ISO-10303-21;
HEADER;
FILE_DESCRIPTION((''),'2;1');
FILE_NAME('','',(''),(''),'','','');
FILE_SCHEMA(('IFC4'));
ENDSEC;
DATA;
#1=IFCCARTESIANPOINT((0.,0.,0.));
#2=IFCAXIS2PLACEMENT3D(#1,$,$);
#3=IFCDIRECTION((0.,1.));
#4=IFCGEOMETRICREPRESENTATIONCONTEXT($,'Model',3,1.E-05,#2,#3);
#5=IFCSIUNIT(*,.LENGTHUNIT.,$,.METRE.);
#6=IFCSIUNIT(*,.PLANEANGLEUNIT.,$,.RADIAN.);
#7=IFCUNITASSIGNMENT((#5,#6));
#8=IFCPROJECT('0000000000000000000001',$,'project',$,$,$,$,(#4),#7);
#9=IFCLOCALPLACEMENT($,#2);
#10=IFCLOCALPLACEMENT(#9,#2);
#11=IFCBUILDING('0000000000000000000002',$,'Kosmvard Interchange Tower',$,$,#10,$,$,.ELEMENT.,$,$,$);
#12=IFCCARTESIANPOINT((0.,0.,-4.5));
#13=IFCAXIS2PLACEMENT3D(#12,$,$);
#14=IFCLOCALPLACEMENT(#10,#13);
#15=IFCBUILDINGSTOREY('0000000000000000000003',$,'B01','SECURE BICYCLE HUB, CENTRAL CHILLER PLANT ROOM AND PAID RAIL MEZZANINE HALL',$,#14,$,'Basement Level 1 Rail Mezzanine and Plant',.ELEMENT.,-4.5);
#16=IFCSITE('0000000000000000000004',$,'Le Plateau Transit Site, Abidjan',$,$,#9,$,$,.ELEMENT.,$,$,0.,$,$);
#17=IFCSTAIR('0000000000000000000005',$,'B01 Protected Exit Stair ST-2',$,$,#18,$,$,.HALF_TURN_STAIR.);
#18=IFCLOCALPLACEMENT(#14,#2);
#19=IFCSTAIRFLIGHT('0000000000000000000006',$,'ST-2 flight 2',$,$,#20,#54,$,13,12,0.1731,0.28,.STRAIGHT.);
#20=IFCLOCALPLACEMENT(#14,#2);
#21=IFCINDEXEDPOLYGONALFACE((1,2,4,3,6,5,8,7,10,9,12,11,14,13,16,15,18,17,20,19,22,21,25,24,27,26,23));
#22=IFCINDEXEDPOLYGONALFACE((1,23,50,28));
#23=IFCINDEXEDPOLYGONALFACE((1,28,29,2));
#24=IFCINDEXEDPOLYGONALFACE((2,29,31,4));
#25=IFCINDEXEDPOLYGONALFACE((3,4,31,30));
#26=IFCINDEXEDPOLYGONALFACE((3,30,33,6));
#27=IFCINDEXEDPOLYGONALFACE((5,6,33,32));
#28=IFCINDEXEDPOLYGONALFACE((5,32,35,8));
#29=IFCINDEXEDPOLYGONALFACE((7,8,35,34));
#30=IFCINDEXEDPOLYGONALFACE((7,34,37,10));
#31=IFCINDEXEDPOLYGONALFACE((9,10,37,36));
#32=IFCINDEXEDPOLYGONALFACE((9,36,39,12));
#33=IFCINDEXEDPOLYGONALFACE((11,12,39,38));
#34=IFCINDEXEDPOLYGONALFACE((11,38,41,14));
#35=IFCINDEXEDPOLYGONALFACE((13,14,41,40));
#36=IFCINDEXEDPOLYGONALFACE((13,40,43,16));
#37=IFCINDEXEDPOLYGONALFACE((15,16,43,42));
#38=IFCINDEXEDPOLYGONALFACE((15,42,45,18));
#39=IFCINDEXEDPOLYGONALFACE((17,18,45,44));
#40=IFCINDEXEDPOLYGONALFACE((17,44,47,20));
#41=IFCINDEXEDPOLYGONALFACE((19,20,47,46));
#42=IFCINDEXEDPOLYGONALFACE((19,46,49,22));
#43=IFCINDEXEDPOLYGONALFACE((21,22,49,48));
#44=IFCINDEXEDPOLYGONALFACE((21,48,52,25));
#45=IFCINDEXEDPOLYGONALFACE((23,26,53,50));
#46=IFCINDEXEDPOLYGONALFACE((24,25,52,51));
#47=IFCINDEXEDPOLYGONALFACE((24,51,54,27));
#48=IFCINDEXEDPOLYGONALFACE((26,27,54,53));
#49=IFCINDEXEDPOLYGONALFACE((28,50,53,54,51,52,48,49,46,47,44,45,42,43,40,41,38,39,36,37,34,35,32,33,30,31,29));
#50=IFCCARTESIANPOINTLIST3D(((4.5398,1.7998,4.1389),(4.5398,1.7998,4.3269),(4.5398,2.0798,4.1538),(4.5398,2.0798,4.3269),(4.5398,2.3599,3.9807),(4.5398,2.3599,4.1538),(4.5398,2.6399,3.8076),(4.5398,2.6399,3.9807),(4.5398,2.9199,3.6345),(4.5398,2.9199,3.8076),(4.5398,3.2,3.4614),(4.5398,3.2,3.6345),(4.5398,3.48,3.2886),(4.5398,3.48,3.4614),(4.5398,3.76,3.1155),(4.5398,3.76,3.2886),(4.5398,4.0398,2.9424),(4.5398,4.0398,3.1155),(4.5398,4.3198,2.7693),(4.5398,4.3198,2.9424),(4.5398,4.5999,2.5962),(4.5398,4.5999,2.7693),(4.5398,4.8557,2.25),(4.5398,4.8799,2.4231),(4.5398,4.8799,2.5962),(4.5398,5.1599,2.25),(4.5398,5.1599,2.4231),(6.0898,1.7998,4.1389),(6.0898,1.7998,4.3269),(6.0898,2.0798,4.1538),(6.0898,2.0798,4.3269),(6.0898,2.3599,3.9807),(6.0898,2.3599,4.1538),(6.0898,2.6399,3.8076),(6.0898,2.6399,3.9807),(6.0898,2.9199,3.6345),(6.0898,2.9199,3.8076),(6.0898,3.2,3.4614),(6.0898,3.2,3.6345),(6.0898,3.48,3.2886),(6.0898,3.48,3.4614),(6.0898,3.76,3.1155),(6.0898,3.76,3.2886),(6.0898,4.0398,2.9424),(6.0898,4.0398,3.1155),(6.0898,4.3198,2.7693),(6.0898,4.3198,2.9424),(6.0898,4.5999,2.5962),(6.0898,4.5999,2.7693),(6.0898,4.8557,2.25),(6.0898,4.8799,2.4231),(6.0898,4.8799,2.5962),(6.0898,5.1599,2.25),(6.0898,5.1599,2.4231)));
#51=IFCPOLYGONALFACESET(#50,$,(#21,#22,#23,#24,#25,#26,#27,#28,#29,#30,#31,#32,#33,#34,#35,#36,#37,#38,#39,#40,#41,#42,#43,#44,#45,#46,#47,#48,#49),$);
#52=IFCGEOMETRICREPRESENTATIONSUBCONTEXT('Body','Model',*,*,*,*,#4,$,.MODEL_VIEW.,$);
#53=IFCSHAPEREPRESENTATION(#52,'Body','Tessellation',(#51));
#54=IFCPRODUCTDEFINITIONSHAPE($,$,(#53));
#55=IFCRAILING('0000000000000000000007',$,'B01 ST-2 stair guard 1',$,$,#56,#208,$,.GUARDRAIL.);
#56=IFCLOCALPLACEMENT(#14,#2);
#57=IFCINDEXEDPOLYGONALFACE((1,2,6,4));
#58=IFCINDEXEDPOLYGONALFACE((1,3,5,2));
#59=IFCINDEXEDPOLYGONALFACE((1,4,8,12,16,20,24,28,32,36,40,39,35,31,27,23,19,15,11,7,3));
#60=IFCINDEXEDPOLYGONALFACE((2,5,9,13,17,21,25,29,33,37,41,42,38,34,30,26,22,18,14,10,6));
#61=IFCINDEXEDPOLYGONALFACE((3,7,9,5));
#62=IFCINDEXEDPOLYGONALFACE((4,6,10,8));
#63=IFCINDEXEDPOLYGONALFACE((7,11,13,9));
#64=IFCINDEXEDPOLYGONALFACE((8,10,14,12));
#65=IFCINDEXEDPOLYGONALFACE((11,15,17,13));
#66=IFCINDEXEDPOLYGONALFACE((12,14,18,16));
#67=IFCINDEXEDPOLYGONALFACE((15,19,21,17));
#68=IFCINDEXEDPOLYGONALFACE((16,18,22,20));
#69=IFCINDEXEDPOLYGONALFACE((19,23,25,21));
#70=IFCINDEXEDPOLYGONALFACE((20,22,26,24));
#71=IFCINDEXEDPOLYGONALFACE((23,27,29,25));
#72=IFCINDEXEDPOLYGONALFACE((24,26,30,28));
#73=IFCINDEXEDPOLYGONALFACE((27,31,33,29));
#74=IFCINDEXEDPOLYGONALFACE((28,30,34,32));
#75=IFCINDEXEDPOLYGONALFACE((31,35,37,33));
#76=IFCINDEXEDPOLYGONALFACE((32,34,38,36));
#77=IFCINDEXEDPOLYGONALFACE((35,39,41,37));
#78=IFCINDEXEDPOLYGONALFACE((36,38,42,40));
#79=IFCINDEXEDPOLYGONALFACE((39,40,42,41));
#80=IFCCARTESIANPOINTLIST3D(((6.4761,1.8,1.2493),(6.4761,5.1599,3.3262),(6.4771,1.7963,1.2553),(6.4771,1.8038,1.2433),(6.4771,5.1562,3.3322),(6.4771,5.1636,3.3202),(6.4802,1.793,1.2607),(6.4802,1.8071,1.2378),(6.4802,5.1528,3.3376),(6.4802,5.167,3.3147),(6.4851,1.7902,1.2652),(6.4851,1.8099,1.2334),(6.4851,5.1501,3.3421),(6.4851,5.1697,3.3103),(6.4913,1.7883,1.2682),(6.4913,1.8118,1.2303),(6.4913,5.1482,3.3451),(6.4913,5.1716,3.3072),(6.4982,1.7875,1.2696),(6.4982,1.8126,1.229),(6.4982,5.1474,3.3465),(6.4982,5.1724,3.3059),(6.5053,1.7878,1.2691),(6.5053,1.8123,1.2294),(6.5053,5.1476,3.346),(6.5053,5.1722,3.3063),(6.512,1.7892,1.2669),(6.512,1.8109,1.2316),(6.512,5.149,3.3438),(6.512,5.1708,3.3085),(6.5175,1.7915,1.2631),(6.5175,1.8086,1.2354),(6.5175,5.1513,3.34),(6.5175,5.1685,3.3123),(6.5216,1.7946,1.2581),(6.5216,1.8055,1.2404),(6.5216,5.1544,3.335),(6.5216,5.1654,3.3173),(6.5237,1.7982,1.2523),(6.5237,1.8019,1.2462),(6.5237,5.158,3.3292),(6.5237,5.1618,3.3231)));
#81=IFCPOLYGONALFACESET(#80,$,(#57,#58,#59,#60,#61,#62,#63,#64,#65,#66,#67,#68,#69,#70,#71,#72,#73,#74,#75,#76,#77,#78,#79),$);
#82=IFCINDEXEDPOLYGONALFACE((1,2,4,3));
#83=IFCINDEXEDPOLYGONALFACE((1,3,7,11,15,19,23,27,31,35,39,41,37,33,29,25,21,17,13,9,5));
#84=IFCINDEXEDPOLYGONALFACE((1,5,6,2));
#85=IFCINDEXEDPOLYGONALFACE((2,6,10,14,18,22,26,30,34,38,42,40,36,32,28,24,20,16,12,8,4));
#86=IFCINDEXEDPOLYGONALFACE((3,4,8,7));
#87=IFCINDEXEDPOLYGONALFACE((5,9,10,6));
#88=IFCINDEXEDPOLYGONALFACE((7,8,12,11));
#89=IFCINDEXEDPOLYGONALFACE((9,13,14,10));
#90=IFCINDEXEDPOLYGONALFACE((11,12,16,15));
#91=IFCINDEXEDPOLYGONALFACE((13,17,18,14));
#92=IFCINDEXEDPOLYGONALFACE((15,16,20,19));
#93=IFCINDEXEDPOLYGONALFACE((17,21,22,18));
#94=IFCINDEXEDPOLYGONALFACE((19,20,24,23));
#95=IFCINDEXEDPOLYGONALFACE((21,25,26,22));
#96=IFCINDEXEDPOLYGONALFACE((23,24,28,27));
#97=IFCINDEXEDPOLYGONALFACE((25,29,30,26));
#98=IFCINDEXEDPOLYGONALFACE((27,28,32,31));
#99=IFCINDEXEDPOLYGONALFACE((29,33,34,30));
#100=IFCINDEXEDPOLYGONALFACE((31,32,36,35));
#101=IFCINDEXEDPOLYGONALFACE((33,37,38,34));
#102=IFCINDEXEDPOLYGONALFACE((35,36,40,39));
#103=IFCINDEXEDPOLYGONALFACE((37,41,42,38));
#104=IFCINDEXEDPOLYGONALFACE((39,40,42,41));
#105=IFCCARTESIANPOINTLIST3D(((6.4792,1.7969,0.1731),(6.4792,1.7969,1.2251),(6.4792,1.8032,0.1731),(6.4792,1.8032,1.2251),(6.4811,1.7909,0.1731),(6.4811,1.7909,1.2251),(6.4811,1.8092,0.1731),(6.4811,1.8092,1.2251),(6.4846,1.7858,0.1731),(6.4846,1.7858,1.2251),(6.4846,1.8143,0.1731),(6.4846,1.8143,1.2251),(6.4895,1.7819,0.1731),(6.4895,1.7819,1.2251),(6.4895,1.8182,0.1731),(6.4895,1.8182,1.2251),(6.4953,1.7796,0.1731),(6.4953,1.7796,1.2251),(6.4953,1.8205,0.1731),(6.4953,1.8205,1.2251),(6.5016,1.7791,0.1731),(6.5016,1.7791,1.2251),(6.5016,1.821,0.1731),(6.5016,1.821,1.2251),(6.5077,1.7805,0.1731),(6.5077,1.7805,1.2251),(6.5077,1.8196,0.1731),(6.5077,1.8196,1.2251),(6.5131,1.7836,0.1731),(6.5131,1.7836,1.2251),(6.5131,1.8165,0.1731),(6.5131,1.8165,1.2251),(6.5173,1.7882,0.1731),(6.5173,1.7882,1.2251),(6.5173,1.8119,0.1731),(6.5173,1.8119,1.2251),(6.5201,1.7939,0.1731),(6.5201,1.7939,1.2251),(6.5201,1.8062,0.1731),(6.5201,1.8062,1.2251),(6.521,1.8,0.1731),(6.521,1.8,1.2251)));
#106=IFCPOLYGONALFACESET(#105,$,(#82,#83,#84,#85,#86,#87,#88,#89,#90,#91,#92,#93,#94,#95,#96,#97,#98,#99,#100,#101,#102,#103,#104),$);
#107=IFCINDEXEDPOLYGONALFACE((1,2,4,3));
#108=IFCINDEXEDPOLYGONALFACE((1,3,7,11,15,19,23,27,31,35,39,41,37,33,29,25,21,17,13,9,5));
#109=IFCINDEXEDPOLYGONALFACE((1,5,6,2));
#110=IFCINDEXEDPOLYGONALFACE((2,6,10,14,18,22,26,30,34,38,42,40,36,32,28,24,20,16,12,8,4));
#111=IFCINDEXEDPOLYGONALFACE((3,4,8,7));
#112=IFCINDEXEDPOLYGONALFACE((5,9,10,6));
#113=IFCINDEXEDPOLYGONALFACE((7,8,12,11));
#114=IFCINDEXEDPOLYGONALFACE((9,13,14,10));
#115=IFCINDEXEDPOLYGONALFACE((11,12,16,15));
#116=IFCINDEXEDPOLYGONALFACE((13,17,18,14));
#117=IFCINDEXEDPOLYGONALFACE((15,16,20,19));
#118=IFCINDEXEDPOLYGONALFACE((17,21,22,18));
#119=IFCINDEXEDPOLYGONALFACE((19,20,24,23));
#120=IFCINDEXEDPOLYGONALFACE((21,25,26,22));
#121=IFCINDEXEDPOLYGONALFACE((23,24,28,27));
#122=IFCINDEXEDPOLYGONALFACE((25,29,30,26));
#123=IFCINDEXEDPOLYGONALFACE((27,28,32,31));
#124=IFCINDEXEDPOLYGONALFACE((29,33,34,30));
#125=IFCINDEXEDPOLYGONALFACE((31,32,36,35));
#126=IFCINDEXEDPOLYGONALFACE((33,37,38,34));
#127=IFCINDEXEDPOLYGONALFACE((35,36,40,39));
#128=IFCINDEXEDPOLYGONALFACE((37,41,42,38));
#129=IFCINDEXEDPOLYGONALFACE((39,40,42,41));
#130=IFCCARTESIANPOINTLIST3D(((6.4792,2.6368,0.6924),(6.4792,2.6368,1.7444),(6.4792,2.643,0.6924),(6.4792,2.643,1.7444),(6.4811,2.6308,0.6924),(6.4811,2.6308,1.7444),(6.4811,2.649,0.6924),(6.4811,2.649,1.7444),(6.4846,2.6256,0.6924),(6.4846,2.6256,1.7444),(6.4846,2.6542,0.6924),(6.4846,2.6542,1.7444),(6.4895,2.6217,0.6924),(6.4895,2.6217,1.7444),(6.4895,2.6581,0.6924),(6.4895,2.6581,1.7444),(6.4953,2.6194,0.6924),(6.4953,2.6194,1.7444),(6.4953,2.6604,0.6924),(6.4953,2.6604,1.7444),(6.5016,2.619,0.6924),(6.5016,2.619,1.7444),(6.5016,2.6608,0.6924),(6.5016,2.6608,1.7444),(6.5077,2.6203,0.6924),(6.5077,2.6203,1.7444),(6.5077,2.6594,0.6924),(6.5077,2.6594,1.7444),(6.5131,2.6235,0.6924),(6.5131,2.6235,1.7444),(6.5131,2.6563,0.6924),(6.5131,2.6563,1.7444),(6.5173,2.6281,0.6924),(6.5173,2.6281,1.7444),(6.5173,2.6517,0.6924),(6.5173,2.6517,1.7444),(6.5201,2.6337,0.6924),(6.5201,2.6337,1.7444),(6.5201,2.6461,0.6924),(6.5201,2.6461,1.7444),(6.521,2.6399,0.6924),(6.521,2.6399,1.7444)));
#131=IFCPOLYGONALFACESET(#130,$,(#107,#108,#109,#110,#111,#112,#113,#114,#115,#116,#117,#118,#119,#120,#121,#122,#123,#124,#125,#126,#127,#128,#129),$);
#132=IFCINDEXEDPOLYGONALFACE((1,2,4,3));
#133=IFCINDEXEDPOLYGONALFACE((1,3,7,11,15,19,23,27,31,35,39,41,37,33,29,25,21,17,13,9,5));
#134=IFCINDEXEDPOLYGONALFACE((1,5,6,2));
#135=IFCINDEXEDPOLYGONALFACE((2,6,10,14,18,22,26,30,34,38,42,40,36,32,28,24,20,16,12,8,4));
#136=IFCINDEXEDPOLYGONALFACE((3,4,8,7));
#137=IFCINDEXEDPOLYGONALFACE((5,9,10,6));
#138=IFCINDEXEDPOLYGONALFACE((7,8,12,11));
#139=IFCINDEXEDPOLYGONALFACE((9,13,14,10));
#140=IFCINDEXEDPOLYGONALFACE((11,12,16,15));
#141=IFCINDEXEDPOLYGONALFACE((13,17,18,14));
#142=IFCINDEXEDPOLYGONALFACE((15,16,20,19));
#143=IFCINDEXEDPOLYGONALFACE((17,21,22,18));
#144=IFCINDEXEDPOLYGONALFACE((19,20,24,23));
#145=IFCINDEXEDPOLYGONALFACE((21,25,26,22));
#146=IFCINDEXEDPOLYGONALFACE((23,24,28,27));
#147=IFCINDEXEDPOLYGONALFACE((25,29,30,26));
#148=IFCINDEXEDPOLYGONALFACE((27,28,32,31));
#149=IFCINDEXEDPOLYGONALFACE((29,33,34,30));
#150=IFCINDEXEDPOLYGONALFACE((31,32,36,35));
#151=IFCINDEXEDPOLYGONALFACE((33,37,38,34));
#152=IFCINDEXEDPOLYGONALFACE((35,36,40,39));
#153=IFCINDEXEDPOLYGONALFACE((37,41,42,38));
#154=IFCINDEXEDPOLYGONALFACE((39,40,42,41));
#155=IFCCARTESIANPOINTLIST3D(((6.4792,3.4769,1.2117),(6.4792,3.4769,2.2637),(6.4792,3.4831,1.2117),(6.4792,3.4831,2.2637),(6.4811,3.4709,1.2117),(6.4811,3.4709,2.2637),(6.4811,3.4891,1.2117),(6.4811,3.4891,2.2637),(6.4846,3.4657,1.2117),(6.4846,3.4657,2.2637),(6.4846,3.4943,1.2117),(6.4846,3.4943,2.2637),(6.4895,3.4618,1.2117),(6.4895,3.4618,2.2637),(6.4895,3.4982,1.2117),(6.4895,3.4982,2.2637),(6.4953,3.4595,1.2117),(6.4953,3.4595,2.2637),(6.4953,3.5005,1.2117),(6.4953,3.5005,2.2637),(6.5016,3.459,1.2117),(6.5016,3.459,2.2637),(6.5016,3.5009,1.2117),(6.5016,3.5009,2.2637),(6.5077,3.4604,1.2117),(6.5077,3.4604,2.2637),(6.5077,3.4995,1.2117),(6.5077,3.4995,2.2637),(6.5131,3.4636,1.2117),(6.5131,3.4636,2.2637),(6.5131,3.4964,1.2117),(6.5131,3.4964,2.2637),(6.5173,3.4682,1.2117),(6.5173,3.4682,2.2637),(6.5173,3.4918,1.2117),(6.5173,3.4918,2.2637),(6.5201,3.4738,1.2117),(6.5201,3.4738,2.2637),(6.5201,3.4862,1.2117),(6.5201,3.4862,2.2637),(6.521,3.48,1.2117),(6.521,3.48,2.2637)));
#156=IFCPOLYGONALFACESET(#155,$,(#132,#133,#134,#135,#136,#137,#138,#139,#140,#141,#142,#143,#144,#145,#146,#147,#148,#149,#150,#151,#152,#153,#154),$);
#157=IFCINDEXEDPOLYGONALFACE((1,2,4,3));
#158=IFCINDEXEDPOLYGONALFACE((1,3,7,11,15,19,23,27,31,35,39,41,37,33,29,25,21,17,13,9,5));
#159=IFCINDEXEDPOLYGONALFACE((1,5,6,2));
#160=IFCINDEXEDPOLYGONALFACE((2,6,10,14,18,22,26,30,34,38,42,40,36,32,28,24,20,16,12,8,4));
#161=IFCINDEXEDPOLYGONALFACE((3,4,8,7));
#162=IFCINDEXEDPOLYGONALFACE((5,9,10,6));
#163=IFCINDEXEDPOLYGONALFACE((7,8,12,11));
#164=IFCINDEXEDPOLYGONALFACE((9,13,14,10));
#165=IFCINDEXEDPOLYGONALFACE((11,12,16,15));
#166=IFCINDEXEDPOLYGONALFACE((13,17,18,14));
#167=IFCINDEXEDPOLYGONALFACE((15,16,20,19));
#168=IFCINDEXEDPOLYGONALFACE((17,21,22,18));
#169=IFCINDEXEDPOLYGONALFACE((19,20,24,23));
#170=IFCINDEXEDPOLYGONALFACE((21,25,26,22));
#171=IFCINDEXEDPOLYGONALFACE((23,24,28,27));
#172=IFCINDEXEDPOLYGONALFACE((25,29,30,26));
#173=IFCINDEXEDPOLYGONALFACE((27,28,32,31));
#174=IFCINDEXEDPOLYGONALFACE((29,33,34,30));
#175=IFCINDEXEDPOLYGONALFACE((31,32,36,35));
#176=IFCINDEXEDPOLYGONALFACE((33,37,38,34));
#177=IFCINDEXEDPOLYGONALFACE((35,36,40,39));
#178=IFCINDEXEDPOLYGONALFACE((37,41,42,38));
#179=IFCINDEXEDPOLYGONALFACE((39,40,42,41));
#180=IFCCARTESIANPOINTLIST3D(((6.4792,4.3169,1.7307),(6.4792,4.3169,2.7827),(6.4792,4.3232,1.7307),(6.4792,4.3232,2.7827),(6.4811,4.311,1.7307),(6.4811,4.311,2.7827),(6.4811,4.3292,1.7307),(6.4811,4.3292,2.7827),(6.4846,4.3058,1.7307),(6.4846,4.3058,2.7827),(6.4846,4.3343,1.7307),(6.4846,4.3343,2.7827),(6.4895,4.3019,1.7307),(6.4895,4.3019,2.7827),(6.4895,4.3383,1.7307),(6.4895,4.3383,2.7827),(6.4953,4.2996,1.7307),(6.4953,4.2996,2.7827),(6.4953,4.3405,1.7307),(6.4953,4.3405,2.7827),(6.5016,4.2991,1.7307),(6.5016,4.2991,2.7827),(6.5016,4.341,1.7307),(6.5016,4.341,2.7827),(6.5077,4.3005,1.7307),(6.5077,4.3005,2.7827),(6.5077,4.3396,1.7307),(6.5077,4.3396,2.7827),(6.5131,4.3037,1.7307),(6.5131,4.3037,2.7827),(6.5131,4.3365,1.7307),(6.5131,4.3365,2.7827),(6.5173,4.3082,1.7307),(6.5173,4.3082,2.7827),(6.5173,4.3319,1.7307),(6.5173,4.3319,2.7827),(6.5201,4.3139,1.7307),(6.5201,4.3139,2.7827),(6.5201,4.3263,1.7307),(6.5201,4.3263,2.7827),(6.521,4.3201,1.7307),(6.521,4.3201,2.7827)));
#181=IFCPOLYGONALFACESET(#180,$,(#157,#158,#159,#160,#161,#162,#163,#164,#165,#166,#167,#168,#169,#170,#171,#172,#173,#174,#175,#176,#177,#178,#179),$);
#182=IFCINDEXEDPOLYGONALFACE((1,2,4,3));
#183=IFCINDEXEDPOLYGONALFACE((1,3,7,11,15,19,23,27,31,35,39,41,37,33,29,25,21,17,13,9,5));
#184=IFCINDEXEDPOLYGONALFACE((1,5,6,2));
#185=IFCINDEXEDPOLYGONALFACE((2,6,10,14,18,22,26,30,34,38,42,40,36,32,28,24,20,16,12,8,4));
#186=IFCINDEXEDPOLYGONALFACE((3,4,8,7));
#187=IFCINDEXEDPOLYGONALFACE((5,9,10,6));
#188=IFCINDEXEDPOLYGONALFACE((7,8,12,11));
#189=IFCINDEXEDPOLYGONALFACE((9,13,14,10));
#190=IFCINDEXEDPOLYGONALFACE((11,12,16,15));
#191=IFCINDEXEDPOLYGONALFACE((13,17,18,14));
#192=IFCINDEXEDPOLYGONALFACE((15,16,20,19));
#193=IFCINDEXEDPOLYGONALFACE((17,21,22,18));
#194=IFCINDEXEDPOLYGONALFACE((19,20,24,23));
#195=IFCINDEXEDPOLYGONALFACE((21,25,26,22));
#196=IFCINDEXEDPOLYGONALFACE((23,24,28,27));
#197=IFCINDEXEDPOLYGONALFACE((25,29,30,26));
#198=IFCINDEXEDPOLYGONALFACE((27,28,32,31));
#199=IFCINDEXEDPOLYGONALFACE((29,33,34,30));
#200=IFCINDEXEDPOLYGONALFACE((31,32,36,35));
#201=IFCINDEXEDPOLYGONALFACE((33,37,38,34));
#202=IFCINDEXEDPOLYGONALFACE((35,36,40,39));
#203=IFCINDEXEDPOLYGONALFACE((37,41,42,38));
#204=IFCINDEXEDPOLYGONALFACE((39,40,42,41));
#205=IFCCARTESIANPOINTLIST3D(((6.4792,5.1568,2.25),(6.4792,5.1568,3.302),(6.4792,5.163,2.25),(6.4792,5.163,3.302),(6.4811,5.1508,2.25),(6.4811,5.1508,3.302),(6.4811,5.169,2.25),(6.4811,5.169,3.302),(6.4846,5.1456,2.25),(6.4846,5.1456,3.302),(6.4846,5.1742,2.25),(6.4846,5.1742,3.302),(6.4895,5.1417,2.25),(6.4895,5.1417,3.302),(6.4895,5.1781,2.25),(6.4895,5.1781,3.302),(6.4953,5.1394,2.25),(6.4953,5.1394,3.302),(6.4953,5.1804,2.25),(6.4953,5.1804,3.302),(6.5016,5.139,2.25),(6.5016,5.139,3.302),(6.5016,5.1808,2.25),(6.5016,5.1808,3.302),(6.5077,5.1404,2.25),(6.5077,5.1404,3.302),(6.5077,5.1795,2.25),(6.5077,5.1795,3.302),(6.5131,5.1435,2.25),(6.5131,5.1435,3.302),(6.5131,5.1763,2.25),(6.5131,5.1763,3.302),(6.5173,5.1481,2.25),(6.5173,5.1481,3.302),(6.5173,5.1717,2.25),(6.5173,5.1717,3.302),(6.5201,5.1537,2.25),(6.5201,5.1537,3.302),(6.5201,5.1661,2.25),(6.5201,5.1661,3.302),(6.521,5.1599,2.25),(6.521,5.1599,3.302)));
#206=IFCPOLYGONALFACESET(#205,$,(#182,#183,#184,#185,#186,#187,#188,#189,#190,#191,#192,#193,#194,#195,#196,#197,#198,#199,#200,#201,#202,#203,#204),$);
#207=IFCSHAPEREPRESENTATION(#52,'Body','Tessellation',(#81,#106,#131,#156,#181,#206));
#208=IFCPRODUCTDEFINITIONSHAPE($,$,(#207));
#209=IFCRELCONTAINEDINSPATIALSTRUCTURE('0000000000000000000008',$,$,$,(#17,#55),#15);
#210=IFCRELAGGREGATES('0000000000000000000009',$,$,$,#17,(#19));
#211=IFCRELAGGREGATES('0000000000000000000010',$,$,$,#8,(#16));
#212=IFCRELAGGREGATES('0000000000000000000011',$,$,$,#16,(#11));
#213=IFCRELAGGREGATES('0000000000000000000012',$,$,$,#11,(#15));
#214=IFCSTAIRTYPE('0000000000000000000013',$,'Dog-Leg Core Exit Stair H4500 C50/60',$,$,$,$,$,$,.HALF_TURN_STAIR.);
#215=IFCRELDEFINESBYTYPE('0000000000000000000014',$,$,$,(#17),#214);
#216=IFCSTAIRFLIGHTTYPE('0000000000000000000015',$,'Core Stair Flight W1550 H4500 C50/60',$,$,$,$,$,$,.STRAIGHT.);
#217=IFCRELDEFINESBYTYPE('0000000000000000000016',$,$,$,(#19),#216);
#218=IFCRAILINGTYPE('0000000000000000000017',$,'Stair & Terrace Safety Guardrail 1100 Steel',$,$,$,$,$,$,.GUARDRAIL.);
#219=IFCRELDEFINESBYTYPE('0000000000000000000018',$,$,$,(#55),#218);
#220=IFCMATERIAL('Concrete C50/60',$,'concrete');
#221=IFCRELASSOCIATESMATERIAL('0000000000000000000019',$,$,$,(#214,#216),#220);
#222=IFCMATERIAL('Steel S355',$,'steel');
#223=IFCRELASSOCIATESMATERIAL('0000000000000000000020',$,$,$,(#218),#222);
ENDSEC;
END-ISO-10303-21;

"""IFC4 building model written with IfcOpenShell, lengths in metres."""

from ifc_helpers import new_model, si_unit, direction, frame, origin, origin_2d, place, context, subcontext, project, spatial, polyline, circle, outline, extrude, source, transform, mapped, material, type_object, element, aggregate, save


model = new_model("IFC4")

# Units and contexts
model_context = context("Model", 3, precision=1e-05, world=origin(), true_north=direction((0.0, 1.0)))
body_context = subcontext(model_context, "Body", "Model", "MODEL_VIEW")
ifc_project = project(units=[si_unit("LENGTHUNIT", "METRE"), si_unit("PLANEANGLEUNIT", "RADIAN")], contexts=[model_context])

# Site, building, storey
site_placement = place(None, origin())
site = spatial("IfcSite", under=ifc_project, at=site_placement, Name="Le Plateau Transit Site, Abidjan", CompositionType="ELEMENT", RefElevation=0.0)
building_placement = place(site_placement, origin())
building = spatial("IfcBuilding", under=site, at=building_placement, Name="Kosmvard Interchange Tower", CompositionType="ELEMENT")
storey_placement = place(building_placement, frame((0.0, 0.0, -4.5)))
storey = spatial("IfcBuildingStorey", under=building, at=storey_placement, Name="B01", Description="SECURE BICYCLE HUB, CENTRAL CHILLER PLANT ROOM AND PAID RAIL MEZZANINE HALL", LongName="Basement Level 1 Rail Mezzanine and Plant", CompositionType="ELEMENT", Elevation=-4.5)

# Shared definitions
ifc_material_1 = material(Name="Concrete C50/60", Category="concrete")
ifc_material_2 = material(Name="Steel S355", Category="steel")

# Stair, stair flight
stair_type = type_object("IfcStairType", Name="Dog-Leg Core Exit Stair H4500 C50/60", PredefinedType="HALF_TURN_STAIR", material=ifc_material_1)
stair_placement = place(storey_placement, origin())
stair = element("IfcStair", 1, at=stair_placement, inside=storey, type_object=stair_type, Name="B01 Protected Exit Stair ST-2", PredefinedType="HALF_TURN_STAIR")
stair_flight_type = type_object("IfcStairFlightType", Name="Core Stair Flight W1550 H4500 C50/60", PredefinedType="STRAIGHT", material=ifc_material_1)
shared_shape_1 = source(origin(), body_context, "Body", "SweptSolid", [
    extrude(outline(polyline([(0.0, 0.0), (0.0, 0.1731), (0.28, 0.1731), (0.28, 0.3462), (0.5601, 0.3462), (0.5601, 0.5193), (0.8401, 0.5193), (0.8401, 0.6924), (1.1201, 0.6924), (1.1201, 0.8655), (1.3999, 0.8655), (1.3999, 1.0386), (1.6799, 1.0386), (1.6799, 1.2114), (1.96, 1.2114), (1.96, 1.3845), (2.24, 1.3845), (2.24, 1.5576), (2.52, 1.5576), (2.52, 1.7307), (2.8, 1.7307), (2.8, 1.9038), (3.0801, 1.9038), (3.0801, 2.0769), (3.3601, 2.0769), (3.3601, 2.25), (3.3601, 1.8889), (0.3042, 0.0), (0.0, 0.0)])), frame((0.0, 0.7749, 0.0), z_axis=(0.0, -1.0, 0.0), x_axis=(1.0, 0.0, 0.0)), (0.0, 0.0, 1.0), 1.55),
])
stair_flight_1_placement = place(storey_placement, frame((5.3149, 5.1599, 2.25), z_axis=(0.0, 0.0, 1.0), x_axis=(0.0, -1.0, 0.0)))
stair_flight_1 = element("IfcStairFlight", 2, at=stair_flight_1_placement, type_object=stair_flight_type, Name="ST-2 flight 2", NumberOfRisers=13, NumberOfTreads=12, PredefinedType="STRAIGHT", RiserHeight=0.1731, TreadLength=0.28, context=body_context, shape_type="MappedRepresentation", body=[
    mapped(shared_shape_1, transform((0.0, 0.0, 0.0), scale=1.0)),
])
aggregate(stair, [stair_flight_1])

# Railing
railing_type_1 = type_object("IfcRailingType", Name="Stair & Terrace Safety Guardrail 1100 Steel", PredefinedType="GUARDRAIL", material=ifc_material_2)
shared_shape_2 = source(origin(), body_context, "Body", "SweptSolid", [
    extrude(circle(Radius=0.0239, at=origin_2d()), frame((0.0, 0.0, 1.0762), z_axis=(0.0, 0.850606, 0.525803), x_axis=(-1.0, 0.0, 0.0)), (0.0, 0.0, 1.0), 3.95),
    extrude(circle(Radius=0.021, at=origin_2d()), origin(), (0.0, 0.0, 1.0), 1.052),
    extrude(circle(Radius=0.021, at=origin_2d()), frame((0.0, 0.8398, 0.5193)), (0.0, 0.0, 1.0), 1.052),
    extrude(circle(Radius=0.021, at=origin_2d()), frame((0.0, 1.6799, 1.0386)), (0.0, 0.0, 1.0), 1.052),
    extrude(circle(Radius=0.021, at=origin_2d()), frame((0.0, 2.52, 1.5576)), (0.0, 0.0, 1.0), 1.052),
    extrude(circle(Radius=0.021, at=origin_2d()), frame((0.0, 3.3599, 2.0769)), (0.0, 0.0, 1.0), 1.052),
])
railing_1_placement = place(storey_placement, frame((6.5, 1.8, 0.1731)))
element("IfcRailing", 3, at=railing_1_placement, inside=storey, type_object=railing_type_1, Name="B01 ST-2 stair guard 1", PredefinedType="GUARDRAIL", context=body_context, shape_type="MappedRepresentation", body=[
    mapped(shared_shape_2, transform((0.0, 0.0, 0.0), scale=1.0)),
])

save(model, "model.ifc")
